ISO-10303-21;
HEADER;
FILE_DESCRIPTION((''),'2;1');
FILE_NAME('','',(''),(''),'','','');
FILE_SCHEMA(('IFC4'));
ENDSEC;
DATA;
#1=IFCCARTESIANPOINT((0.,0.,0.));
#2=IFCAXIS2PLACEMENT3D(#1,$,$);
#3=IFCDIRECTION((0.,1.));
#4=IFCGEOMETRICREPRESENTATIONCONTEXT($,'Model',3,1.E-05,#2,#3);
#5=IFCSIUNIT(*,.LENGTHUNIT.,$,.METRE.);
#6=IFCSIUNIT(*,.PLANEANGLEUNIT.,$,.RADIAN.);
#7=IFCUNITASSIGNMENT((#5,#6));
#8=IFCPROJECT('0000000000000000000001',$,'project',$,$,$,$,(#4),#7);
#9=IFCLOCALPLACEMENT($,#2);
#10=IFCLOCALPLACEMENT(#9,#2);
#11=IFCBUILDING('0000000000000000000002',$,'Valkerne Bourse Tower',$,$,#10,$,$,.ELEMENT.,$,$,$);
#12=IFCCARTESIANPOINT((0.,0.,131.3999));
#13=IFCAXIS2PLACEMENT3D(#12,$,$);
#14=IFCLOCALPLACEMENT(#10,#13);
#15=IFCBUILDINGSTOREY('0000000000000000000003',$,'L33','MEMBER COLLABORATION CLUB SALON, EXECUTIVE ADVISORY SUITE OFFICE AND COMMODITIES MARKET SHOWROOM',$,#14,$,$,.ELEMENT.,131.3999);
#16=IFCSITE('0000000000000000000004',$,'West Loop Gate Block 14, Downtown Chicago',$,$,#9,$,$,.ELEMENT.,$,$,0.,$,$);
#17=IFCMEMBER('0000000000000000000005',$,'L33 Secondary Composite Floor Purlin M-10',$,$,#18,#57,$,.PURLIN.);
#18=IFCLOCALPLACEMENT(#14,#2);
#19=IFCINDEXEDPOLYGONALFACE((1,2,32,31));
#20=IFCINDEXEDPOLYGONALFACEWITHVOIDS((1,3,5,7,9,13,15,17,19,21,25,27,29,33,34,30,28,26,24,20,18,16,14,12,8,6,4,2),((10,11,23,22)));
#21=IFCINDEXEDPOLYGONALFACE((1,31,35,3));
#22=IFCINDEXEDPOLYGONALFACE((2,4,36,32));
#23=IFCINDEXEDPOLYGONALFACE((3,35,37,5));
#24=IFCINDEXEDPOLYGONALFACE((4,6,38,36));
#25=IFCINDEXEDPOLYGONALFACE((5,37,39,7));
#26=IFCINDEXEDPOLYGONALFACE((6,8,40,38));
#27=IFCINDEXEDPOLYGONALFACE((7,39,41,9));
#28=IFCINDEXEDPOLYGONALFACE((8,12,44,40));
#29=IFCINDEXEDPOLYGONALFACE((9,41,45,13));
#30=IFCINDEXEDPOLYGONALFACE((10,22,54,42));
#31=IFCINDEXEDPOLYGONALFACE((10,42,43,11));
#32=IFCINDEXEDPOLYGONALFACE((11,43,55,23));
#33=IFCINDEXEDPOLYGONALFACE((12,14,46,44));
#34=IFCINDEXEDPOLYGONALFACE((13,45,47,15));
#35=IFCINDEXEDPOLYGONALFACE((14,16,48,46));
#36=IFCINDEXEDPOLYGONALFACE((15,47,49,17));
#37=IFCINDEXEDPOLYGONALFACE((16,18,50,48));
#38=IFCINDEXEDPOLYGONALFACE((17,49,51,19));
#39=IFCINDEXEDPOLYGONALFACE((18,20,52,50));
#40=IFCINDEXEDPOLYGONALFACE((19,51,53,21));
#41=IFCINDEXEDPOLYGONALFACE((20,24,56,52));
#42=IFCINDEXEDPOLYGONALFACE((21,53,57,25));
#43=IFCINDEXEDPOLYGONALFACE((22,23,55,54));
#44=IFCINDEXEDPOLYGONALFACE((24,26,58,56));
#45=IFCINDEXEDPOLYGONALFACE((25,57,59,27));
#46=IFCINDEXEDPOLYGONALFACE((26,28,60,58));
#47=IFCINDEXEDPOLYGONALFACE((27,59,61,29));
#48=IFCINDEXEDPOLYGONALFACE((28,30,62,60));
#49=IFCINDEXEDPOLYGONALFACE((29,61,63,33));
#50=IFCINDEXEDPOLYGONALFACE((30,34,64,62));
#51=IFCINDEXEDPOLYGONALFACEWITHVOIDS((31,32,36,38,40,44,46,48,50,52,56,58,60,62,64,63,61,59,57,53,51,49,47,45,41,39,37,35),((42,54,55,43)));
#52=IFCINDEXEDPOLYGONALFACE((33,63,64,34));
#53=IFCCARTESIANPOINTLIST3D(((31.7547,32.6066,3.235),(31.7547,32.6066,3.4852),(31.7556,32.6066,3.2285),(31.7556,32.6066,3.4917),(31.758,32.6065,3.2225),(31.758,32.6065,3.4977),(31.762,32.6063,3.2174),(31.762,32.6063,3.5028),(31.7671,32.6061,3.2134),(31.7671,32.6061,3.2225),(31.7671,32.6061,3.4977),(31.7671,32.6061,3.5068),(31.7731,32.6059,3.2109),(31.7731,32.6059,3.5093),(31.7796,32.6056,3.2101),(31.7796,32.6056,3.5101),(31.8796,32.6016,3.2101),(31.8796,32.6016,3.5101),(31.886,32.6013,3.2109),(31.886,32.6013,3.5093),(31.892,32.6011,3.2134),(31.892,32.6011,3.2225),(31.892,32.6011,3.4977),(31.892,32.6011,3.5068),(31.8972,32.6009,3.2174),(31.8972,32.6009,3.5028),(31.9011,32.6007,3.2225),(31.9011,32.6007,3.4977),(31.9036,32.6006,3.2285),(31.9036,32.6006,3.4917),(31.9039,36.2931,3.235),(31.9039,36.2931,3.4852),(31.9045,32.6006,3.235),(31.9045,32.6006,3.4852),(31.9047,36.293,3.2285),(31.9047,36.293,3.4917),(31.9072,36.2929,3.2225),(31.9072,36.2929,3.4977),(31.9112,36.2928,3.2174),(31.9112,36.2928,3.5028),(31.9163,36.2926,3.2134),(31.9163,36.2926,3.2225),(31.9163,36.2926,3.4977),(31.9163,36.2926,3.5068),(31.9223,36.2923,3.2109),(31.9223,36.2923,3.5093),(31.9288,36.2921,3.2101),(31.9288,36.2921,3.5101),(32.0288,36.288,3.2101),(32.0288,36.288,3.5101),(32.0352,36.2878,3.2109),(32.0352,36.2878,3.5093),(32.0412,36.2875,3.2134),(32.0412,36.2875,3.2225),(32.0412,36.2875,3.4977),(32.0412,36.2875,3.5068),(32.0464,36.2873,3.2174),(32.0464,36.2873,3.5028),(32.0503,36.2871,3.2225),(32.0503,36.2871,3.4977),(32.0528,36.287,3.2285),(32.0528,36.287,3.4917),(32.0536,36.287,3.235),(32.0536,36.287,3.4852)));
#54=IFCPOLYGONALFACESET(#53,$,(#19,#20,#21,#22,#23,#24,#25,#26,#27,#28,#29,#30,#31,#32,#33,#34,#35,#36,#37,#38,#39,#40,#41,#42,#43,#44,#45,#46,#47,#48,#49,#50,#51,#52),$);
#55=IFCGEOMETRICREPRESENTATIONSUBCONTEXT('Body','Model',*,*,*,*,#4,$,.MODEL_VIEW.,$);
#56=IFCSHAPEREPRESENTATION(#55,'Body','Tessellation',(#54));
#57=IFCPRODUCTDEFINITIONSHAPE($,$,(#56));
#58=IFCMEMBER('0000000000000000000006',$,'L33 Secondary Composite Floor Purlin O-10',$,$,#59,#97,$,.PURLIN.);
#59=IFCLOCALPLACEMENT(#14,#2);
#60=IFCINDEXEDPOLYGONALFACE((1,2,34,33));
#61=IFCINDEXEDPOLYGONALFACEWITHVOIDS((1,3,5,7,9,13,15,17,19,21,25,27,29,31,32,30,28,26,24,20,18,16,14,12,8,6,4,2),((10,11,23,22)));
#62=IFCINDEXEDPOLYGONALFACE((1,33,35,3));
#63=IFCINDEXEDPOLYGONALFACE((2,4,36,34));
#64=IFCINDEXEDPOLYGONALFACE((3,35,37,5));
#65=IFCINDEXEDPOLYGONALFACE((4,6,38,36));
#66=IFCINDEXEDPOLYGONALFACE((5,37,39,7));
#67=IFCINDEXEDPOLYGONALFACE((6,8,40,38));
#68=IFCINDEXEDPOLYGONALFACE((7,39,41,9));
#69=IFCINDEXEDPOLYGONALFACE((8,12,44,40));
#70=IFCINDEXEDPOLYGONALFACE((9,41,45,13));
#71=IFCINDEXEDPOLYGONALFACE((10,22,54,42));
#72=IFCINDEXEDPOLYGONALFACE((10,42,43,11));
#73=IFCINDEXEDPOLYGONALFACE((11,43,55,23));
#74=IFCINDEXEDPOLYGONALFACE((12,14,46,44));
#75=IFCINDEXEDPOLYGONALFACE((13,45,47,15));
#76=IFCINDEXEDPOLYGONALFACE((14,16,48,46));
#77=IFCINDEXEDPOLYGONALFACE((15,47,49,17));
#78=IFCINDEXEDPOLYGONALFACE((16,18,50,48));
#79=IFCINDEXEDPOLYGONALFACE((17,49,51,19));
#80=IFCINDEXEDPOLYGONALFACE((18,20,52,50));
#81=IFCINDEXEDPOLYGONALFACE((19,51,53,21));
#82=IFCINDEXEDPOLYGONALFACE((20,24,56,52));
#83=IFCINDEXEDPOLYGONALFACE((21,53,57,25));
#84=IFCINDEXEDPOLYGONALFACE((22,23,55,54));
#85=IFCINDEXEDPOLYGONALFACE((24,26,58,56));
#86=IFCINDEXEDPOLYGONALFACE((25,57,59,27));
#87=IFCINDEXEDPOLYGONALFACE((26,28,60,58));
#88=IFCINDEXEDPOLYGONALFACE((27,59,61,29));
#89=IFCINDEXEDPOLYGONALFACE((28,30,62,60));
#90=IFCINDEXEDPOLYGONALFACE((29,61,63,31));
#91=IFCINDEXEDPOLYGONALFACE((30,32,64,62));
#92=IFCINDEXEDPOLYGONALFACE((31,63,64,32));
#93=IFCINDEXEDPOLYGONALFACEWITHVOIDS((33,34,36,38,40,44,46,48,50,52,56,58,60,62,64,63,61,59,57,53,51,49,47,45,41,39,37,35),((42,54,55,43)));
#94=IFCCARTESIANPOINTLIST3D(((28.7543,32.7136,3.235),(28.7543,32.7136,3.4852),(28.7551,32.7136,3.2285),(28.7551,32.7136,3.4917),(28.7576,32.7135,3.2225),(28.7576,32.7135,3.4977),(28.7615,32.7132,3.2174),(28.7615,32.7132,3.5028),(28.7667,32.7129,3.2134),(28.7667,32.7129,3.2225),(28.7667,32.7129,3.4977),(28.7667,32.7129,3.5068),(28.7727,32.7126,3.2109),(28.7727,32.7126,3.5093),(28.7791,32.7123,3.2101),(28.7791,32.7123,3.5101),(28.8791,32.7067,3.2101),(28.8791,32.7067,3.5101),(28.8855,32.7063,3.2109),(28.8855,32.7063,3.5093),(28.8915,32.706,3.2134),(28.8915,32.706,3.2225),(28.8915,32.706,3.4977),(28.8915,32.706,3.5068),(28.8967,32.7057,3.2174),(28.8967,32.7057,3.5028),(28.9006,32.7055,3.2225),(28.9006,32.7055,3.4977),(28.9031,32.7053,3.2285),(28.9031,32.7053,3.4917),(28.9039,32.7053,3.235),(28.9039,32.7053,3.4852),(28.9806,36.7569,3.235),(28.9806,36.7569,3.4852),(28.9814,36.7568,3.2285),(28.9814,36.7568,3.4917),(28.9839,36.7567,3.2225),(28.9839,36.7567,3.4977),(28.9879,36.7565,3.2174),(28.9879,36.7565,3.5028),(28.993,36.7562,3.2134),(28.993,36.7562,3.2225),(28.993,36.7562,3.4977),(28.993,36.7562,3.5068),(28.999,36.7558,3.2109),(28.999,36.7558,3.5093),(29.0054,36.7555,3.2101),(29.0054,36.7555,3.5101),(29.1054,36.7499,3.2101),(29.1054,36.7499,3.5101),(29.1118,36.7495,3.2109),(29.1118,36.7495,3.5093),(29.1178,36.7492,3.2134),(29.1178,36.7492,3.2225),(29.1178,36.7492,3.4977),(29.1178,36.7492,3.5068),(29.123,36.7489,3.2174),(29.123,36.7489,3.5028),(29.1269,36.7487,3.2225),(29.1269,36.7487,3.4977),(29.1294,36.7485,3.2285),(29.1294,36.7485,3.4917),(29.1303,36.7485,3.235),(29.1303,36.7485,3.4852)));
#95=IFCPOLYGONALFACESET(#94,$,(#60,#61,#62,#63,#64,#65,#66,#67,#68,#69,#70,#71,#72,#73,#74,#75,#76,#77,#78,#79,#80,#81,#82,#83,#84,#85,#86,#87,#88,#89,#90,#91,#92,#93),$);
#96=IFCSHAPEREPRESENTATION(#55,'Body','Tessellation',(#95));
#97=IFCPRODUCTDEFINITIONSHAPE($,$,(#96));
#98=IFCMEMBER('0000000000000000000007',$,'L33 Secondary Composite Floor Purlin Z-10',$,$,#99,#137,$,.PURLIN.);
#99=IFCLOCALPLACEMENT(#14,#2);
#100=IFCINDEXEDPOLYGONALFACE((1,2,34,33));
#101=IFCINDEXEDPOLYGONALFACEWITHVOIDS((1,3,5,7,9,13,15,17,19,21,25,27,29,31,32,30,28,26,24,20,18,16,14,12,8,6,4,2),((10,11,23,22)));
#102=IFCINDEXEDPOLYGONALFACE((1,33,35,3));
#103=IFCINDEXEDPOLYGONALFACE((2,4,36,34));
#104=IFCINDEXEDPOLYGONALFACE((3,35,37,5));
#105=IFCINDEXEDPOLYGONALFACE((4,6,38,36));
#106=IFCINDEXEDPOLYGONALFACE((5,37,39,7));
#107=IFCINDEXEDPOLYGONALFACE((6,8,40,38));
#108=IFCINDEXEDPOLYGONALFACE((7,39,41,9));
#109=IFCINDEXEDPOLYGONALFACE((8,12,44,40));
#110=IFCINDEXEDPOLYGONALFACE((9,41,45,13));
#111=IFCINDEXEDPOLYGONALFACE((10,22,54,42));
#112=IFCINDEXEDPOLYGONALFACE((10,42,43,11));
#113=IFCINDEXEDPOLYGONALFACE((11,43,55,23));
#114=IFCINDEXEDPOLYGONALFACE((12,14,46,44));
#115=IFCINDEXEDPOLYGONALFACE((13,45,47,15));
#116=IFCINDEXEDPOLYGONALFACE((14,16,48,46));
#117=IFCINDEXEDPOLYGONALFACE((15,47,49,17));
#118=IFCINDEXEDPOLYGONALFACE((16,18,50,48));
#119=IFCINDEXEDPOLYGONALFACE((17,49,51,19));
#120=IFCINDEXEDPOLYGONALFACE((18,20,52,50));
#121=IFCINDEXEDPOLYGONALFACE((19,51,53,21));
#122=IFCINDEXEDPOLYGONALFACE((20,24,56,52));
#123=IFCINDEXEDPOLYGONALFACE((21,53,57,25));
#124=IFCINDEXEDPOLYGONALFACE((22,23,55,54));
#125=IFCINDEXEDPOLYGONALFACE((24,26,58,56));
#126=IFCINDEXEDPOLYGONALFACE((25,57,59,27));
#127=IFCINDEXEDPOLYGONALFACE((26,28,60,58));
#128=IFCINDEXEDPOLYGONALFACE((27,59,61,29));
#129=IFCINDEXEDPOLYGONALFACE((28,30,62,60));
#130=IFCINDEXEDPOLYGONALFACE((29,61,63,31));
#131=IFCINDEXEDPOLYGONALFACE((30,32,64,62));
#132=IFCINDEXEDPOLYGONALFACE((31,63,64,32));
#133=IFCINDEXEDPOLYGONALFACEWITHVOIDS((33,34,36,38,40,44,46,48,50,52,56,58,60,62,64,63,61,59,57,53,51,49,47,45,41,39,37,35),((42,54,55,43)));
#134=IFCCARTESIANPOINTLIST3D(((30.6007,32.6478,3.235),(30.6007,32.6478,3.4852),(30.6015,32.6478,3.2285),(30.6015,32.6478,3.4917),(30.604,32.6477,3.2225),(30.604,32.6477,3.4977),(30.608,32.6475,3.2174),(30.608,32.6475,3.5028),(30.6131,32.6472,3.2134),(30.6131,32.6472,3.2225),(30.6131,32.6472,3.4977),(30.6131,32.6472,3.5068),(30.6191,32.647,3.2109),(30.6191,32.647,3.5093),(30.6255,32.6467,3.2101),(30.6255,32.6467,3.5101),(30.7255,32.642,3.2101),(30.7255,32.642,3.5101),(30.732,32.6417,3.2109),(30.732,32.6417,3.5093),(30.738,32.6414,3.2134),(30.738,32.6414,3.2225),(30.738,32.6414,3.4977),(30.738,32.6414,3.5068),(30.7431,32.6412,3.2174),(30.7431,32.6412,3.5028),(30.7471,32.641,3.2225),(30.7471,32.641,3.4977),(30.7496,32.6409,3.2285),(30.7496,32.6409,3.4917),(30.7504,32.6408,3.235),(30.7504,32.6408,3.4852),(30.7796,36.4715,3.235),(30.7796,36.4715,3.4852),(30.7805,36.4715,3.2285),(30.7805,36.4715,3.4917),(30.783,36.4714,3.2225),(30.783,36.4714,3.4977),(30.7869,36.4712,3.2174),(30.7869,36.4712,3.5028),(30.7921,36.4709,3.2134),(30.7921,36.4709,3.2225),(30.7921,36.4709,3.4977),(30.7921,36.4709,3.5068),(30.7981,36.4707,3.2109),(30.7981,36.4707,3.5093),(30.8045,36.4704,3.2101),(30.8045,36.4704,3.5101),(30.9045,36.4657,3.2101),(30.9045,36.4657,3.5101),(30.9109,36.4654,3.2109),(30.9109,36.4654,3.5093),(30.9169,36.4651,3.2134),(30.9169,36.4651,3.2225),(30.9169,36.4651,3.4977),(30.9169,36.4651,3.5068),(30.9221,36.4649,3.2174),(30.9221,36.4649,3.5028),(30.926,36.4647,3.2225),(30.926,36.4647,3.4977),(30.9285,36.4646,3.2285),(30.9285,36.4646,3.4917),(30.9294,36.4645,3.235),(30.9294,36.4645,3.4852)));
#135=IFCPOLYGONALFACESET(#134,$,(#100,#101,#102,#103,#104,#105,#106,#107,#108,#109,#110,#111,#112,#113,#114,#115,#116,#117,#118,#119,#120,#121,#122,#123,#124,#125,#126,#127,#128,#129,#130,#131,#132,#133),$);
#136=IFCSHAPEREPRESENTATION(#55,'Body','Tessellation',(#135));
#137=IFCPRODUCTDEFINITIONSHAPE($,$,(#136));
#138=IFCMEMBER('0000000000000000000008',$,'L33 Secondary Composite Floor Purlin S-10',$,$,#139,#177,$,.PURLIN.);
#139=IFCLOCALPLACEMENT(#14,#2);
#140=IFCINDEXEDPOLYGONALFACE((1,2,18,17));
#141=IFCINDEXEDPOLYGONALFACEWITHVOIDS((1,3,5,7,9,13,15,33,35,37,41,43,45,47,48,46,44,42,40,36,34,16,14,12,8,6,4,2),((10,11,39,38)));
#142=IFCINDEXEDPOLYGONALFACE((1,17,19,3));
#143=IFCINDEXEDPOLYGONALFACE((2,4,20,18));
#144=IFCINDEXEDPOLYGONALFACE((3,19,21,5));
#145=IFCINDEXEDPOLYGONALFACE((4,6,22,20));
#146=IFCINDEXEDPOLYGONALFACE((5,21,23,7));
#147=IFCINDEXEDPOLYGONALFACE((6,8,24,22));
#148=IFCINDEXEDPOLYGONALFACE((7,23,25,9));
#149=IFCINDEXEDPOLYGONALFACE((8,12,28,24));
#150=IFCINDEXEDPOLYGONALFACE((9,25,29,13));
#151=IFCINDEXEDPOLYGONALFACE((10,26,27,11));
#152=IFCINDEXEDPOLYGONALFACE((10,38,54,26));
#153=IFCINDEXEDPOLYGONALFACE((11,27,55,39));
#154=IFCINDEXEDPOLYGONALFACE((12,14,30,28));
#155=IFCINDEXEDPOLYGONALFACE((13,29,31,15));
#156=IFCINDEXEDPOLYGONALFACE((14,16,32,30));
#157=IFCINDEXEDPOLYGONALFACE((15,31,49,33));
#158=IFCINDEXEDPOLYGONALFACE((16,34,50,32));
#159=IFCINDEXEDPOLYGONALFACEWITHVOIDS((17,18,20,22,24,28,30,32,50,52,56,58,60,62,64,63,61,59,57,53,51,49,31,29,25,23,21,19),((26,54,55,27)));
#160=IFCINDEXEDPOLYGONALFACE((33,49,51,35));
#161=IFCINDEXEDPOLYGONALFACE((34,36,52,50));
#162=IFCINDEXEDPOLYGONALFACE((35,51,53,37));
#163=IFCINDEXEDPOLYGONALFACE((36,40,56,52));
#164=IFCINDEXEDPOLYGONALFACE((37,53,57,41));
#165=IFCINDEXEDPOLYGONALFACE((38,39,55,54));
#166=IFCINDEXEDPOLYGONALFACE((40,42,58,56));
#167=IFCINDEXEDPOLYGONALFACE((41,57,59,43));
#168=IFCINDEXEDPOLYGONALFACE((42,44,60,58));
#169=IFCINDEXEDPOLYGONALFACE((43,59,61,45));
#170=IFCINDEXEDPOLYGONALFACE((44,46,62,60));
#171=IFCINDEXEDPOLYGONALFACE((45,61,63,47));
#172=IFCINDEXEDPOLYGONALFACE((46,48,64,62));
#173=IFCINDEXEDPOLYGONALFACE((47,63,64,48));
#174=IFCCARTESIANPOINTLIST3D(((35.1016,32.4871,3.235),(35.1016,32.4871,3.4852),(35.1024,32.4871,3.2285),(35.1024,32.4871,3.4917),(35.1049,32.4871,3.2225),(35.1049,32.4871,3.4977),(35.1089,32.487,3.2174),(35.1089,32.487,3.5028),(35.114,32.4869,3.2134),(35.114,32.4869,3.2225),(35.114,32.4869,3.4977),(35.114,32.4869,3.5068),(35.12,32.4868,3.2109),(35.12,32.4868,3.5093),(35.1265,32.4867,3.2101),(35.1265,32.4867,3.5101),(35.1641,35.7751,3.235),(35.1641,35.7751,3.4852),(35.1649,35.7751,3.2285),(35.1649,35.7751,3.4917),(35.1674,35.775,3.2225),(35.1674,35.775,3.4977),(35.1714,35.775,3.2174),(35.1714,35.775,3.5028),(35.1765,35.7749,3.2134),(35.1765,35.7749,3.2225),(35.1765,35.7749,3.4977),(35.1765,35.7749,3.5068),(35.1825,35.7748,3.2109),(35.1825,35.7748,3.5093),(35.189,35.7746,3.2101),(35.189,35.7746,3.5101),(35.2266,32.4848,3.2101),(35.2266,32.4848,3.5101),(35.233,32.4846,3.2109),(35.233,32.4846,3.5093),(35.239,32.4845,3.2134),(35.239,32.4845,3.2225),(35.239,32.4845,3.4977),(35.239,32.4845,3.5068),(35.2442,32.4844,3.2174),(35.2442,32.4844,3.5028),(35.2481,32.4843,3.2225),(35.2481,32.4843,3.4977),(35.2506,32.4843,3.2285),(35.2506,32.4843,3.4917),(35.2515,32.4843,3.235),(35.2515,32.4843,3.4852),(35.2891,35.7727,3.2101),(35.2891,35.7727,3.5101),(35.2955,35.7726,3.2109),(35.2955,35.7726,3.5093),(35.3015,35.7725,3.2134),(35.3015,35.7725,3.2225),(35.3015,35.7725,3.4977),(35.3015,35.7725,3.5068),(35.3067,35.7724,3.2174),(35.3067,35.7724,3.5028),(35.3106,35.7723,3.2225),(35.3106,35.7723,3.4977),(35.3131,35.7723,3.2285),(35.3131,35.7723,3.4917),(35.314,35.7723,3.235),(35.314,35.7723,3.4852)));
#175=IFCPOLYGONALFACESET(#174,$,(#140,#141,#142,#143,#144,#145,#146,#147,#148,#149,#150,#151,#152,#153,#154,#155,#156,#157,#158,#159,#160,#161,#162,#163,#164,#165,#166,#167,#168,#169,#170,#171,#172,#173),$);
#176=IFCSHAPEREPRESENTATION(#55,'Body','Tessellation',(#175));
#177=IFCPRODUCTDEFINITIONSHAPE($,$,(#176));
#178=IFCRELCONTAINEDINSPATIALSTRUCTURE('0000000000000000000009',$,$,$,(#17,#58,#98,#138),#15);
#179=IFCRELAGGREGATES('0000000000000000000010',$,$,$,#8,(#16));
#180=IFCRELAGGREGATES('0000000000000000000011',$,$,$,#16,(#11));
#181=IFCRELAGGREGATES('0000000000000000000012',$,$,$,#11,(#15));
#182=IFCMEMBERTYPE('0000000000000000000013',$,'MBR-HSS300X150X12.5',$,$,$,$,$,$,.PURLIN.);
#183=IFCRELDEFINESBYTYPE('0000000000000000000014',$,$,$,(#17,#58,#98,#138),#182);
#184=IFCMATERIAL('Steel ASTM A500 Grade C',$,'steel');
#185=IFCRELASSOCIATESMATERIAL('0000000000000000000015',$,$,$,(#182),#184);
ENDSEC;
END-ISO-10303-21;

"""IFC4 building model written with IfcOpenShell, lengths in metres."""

from ifc_helpers import new_model, si_unit, direction, frame, origin, origin_2d, place, context, subcontext, project, spatial, hollow_rectangle, extrude, material, material_profile, profile_set, type_object, element, save


model = new_model("IFC4")

# Units and contexts
model_context = context("Model", 3, precision=1e-05, world=origin(), true_north=direction((0.0, 1.0)))
body_context = subcontext(model_context, "Body", "Model", "MODEL_VIEW")
ifc_project = project(units=[si_unit("LENGTHUNIT", "METRE"), si_unit("PLANEANGLEUNIT", "RADIAN")], contexts=[model_context])

# Site, building, storey
site_placement = place(None, origin())
site = spatial("IfcSite", under=ifc_project, at=site_placement, Name="West Loop Gate Block 14, Downtown Chicago", CompositionType="ELEMENT", RefElevation=0.0)
building_placement = place(site_placement, origin())
building = spatial("IfcBuilding", under=site, at=building_placement, Name="Valkerne Bourse Tower", CompositionType="ELEMENT")
storey_placement = place(building_placement, frame((0.0, 0.0, 131.3999)))
storey = spatial("IfcBuildingStorey", under=building, at=storey_placement, Name="L33", Description="MEMBER COLLABORATION CLUB SALON, EXECUTIVE ADVISORY SUITE OFFICE AND COMMODITIES MARKET SHOWROOM", CompositionType="ELEMENT", Elevation=131.3999)

# Members
ifc_material_1 = material(Name="Steel ASTM A500 Grade C", Category="steel")
ifc_material_profile_1 = material_profile(ifc_material_1, hollow_rectangle(XDim=0.1499, YDim=0.3, WallThickness=0.0125, OuterFilletRadius=0.0249, at=origin_2d()), Name="HSS300X150X12.5")
ifc_profile_set_1 = profile_set([ifc_material_profile_1], Name="Steel ASTM A500 Grade C")
member_type_1 = type_object("IfcMemberType", Name="MBR-HSS300X150X12.5", PredefinedType="PURLIN", material=ifc_profile_set_1)
member_1_placement = place(storey_placement, frame((31.9788, 36.29, 3.3601), z_axis=(-0.04043, -0.999182, 0.0), x_axis=(0.999182, -0.04043, 0.0)))
element("IfcMember", 1, at=member_1_placement, inside=storey, type_object=member_type_1, Name="L33 Secondary Composite Floor Purlin M-10", PredefinedType="PURLIN", context=body_context, shape_type="SweptSolid", body=[
    extrude(hollow_rectangle(XDim=0.1499, YDim=0.3, WallThickness=0.0125, OuterFilletRadius=0.0249, at=origin_2d()), origin(), (0.0, 0.0, 1.0), 3.6895),
])
member_2_placement = place(storey_placement, frame((29.0554, 36.7527, 3.3601), z_axis=(-0.055887, -0.998437, 0.0), x_axis=(0.998437, -0.055887, 0.0)))
element("IfcMember", 2, at=member_2_placement, inside=storey, type_object=member_type_1, Name="L33 Secondary Composite Floor Purlin O-10", PredefinedType="PURLIN", context=body_context, shape_type="SweptSolid", body=[
    extrude(hollow_rectangle(XDim=0.1499, YDim=0.3, WallThickness=0.0125, OuterFilletRadius=0.0249, at=origin_2d()), origin(), (0.0, 0.0, 1.0), 4.0496),
])
member_3_placement = place(storey_placement, frame((30.8545, 36.468, 3.3601), z_axis=(-0.04675, -0.998907, 0.0), x_axis=(0.998907, -0.04675, 0.0)))
element("IfcMember", 3, at=member_3_placement, inside=storey, type_object=member_type_1, Name="L33 Secondary Composite Floor Purlin Z-10", PredefinedType="PURLIN", context=body_context, shape_type="SweptSolid", body=[
    extrude(hollow_rectangle(XDim=0.1499, YDim=0.3, WallThickness=0.0125, OuterFilletRadius=0.0249, at=origin_2d()), origin(), (0.0, 0.0, 1.0), 3.8279),
])
member_4_placement = place(storey_placement, frame((35.239, 35.7737, 3.3601), z_axis=(-0.019005, -0.999819, 0.0), x_axis=(0.999819, -0.019005, 0.0)))
element("IfcMember", 4, at=member_4_placement, inside=storey, type_object=member_type_1, Name="L33 Secondary Composite Floor Purlin S-10", PredefinedType="PURLIN", context=body_context, shape_type="SweptSolid", body=[
    extrude(hollow_rectangle(XDim=0.1499, YDim=0.3, WallThickness=0.0125, OuterFilletRadius=0.0249, at=origin_2d()), origin(), (0.0, 0.0, 1.0), 3.2886),
])

save(model, "model.ifc")
